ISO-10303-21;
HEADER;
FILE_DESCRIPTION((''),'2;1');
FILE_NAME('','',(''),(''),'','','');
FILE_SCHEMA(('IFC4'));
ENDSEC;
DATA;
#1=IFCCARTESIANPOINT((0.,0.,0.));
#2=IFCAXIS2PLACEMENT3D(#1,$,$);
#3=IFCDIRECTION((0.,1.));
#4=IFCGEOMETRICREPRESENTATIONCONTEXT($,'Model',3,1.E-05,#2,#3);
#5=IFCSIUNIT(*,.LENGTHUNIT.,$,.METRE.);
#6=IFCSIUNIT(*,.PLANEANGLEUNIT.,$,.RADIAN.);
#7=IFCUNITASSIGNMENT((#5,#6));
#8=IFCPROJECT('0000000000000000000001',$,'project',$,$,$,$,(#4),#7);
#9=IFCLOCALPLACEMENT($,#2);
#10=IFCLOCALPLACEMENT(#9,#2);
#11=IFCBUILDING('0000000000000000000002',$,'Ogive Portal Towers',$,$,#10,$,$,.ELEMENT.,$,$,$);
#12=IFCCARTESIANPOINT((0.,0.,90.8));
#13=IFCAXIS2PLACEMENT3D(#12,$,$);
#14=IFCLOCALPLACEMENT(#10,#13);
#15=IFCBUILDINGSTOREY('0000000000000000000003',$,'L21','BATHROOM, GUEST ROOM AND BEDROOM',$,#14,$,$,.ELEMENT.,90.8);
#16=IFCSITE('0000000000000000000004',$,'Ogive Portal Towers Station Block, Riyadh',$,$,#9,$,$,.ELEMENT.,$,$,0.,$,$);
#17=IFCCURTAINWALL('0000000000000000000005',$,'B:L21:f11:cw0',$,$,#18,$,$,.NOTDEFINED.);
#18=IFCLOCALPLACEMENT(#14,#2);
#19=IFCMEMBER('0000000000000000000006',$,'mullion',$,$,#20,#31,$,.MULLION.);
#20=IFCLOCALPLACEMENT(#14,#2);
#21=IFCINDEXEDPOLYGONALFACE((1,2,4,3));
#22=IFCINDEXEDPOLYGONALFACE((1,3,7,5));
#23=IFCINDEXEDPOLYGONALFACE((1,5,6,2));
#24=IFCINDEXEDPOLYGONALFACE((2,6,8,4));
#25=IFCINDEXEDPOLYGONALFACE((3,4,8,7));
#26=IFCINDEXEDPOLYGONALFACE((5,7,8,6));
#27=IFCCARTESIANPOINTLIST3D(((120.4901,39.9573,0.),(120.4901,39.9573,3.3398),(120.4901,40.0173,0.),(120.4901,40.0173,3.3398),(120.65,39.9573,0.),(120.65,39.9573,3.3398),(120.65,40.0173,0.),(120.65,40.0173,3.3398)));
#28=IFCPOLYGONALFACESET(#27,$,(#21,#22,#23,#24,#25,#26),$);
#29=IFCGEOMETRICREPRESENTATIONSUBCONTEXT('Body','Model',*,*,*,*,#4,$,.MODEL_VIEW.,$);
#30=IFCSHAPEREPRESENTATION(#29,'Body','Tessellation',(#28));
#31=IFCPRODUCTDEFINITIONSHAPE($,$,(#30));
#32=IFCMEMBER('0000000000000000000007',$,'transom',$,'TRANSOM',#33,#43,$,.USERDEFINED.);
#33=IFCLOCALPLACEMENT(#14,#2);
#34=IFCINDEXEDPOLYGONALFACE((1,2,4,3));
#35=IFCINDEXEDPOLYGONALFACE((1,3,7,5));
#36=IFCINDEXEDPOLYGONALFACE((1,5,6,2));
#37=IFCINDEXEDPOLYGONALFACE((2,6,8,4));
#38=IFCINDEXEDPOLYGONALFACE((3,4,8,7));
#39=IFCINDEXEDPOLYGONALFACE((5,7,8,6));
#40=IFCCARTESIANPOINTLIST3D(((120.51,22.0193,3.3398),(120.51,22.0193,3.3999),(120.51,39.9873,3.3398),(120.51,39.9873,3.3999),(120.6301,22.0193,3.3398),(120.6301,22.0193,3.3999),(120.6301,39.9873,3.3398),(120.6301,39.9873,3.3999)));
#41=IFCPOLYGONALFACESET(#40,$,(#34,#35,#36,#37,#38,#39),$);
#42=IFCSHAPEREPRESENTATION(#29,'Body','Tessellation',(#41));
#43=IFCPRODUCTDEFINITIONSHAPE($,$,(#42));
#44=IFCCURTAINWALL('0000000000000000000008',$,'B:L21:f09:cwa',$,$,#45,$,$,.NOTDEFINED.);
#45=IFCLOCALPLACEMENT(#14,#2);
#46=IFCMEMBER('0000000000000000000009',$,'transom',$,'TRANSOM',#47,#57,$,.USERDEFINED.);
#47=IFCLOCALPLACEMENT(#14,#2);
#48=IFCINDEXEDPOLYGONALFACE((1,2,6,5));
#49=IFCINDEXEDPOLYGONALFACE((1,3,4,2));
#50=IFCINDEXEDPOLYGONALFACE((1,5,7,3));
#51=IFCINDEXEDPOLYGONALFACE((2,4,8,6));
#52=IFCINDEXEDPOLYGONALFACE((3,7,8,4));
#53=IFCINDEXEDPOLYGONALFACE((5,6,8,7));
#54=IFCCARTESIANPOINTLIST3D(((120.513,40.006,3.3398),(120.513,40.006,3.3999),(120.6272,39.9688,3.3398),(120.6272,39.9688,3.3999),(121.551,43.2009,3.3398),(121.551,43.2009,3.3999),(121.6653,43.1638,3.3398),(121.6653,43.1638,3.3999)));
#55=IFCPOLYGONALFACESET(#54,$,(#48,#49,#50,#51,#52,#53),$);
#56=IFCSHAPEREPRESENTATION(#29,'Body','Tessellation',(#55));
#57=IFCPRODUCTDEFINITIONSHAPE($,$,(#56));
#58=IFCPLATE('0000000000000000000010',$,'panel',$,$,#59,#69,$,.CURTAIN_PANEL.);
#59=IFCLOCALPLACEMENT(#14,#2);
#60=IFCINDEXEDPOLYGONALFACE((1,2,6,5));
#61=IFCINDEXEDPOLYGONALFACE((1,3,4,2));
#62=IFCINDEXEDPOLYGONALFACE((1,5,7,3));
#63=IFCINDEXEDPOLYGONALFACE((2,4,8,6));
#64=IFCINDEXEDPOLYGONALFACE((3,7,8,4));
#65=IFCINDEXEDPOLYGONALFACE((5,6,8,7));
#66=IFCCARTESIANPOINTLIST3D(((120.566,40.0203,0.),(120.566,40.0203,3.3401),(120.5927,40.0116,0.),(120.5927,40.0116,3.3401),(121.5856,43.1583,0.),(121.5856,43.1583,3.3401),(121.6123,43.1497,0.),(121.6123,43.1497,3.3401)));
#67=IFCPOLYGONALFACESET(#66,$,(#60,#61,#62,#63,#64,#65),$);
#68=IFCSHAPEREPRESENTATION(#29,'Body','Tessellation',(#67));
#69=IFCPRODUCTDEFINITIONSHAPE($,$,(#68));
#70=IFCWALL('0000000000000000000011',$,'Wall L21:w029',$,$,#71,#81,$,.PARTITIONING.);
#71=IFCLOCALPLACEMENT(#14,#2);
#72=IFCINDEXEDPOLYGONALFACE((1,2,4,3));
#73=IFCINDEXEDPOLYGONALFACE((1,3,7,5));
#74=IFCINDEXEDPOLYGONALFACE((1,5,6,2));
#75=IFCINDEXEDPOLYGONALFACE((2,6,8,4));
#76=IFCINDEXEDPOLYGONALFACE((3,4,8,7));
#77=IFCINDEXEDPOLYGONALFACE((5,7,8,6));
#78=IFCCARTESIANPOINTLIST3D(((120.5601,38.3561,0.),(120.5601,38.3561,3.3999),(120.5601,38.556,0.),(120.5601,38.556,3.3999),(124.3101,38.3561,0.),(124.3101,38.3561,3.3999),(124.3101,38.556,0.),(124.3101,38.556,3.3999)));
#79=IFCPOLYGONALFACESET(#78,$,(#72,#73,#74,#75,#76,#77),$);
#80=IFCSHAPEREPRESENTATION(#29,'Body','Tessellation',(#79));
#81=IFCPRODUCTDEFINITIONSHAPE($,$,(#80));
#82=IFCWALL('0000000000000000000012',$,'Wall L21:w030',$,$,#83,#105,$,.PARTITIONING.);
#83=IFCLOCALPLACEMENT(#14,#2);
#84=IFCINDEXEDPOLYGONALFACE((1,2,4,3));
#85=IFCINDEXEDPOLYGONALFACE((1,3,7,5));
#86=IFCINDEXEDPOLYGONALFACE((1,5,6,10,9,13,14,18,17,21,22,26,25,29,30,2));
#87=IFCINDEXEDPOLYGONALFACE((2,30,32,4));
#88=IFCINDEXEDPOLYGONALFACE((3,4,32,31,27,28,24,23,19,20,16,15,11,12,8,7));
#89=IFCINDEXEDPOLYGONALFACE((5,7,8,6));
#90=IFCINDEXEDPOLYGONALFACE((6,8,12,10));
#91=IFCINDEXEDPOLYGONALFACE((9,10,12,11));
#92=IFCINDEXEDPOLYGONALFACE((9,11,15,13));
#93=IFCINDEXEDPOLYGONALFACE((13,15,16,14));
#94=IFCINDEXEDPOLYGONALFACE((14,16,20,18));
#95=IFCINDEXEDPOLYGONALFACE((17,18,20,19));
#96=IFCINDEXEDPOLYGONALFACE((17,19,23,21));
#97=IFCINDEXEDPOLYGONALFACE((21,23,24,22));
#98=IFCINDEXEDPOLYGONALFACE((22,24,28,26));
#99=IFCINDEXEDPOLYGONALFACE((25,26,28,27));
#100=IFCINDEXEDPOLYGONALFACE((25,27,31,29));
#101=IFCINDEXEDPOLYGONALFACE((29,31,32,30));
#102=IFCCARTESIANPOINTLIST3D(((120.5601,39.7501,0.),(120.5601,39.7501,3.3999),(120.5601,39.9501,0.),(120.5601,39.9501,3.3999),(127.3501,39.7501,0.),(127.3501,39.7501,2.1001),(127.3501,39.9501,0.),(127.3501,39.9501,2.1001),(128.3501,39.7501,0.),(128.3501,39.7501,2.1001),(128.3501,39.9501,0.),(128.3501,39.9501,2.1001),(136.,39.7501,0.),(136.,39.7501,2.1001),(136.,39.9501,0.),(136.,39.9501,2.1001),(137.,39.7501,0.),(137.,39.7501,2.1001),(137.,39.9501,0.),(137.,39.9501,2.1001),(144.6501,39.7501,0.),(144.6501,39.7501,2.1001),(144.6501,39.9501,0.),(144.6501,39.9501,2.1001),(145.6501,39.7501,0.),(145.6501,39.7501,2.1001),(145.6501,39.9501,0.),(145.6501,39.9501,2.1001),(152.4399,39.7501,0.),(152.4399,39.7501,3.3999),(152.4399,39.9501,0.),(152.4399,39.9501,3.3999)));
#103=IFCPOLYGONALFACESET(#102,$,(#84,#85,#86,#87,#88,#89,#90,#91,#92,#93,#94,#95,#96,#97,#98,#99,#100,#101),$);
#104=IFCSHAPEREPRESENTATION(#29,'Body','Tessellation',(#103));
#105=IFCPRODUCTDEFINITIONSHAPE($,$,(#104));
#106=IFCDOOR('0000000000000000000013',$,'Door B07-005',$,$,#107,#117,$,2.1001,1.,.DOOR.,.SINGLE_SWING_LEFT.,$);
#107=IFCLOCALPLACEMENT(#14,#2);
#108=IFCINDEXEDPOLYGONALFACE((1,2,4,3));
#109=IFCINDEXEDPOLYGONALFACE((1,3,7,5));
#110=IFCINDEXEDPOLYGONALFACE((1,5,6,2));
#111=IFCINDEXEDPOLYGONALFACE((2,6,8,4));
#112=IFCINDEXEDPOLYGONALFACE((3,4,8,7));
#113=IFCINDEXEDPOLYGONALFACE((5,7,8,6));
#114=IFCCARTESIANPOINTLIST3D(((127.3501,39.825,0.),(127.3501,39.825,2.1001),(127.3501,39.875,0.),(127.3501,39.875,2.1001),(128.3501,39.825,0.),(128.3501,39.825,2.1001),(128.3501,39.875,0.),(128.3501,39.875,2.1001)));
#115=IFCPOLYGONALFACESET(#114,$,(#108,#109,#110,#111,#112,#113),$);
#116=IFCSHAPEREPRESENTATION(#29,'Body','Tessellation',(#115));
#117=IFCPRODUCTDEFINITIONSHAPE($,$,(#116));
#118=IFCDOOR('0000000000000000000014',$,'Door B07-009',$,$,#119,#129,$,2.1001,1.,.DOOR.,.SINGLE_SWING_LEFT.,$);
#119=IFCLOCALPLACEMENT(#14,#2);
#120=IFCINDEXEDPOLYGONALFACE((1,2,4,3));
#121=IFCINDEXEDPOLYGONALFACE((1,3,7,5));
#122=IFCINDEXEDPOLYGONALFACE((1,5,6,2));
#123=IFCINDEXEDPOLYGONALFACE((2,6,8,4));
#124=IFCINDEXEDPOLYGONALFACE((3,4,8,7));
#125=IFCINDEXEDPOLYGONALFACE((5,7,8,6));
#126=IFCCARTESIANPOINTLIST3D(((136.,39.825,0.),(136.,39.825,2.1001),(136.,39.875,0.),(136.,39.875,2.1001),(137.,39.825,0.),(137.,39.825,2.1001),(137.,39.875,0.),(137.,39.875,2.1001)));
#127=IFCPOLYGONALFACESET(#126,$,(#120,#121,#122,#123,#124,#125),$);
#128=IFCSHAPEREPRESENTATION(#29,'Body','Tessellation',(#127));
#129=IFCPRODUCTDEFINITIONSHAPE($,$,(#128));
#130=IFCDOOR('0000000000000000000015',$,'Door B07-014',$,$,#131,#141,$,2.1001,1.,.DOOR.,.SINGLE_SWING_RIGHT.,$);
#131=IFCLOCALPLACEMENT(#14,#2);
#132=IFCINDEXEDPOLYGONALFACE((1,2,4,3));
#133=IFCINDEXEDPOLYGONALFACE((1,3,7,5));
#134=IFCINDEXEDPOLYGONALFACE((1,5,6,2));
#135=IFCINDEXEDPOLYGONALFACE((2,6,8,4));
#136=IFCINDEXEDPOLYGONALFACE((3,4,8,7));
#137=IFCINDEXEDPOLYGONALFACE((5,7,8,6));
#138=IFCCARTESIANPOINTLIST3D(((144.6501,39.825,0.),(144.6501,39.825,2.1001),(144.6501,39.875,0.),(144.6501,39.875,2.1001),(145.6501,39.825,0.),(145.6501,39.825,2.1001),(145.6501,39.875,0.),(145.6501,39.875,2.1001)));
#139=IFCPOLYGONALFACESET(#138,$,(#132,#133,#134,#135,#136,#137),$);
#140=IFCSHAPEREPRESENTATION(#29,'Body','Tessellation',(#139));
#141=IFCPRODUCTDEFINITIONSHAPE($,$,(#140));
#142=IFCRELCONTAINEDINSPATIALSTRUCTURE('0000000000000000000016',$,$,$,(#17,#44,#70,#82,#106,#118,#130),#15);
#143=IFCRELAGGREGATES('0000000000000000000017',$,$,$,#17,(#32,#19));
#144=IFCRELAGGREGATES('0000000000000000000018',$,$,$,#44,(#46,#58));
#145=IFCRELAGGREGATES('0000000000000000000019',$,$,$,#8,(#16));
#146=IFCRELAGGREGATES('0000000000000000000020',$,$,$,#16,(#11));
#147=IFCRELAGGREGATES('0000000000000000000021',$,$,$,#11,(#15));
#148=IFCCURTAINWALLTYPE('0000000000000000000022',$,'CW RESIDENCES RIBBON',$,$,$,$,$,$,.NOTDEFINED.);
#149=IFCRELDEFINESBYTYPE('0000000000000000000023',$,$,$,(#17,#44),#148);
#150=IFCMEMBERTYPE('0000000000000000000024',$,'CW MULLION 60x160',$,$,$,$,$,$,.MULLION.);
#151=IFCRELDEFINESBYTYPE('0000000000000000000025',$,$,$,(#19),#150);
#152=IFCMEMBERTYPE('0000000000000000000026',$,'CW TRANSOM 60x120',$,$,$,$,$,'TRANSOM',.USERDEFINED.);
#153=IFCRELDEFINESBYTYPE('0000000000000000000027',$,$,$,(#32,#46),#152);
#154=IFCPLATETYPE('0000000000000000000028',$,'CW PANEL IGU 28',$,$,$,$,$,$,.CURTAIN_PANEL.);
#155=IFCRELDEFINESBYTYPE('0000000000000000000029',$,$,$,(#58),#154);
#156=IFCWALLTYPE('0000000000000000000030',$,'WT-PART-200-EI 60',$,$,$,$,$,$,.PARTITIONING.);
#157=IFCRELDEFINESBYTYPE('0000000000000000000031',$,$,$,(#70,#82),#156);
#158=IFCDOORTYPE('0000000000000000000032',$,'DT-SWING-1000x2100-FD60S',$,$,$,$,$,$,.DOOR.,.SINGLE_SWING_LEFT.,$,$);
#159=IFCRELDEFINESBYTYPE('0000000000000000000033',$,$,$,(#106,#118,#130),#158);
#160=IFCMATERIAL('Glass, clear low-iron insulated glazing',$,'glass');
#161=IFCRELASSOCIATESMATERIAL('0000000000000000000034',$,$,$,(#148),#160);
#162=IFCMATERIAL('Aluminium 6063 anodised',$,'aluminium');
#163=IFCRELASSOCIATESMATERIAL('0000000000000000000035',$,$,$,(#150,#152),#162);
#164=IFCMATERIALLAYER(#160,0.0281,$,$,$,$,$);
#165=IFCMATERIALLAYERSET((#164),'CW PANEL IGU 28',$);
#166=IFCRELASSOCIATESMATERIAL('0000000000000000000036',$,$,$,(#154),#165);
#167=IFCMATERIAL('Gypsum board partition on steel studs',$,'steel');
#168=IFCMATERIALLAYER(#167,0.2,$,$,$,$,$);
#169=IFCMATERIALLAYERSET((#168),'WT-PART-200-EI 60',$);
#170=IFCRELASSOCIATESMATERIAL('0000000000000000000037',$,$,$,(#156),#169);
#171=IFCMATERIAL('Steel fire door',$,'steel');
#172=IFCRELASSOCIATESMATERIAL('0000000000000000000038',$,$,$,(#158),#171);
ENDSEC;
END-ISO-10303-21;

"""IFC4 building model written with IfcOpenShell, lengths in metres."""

from ifc_helpers import new_model, si_unit, direction, frame, frame_2d, origin, origin_2d, place, context, subcontext, project, spatial, rectangle, extrude, material, layer, layer_set, material_profile, profile_set, type_object, element, fill, aggregate, save


model = new_model("IFC4")

# Units and contexts
model_context = context("Model", 3, precision=1e-05, world=origin(), true_north=direction((0.0, 1.0)))
body_context = subcontext(model_context, "Body", "Model", "MODEL_VIEW")
ifc_project = project(units=[si_unit("LENGTHUNIT", "METRE"), si_unit("PLANEANGLEUNIT", "RADIAN")], contexts=[model_context])

# Site, building, storey
site_placement = place(None, origin())
site = spatial("IfcSite", under=ifc_project, at=site_placement, Name="Ogive Portal Towers Station Block, Riyadh", CompositionType="ELEMENT", RefElevation=0.0)
building_placement = place(site_placement, origin())
building = spatial("IfcBuilding", under=site, at=building_placement, Name="Ogive Portal Towers", CompositionType="ELEMENT")
storey_placement = place(building_placement, frame((0.0, 0.0, 90.8)))
storey = spatial("IfcBuildingStorey", under=building, at=storey_placement, Name="L21", Description="BATHROOM, GUEST ROOM AND BEDROOM", CompositionType="ELEMENT", Elevation=90.8)

# Curtain wall, members
ifc_material_1 = material(Name="Glass, clear low-iron insulated glazing", Category="glass")
curtain_wall_type = type_object("IfcCurtainWallType", Name="CW RESIDENCES RIBBON", PredefinedType="NOTDEFINED", material=ifc_material_1)
curtain_wall_1_placement = place(storey_placement, origin())
curtain_wall_1 = element("IfcCurtainWall", 1, at=curtain_wall_1_placement, inside=storey, type_object=curtain_wall_type, Name="B:L21:f11:cw0", PredefinedType="NOTDEFINED")
ifc_material_2 = material(Name="Aluminium 6063 anodised", Category="aluminium")
ifc_material_profile_1 = material_profile(ifc_material_2, rectangle(XDim=0.1599, YDim=0.0601, at=origin_2d()), Name="AL 60x160")
ifc_profile_set_1 = profile_set([ifc_material_profile_1], Name="Aluminium 6063 anodised")
member_type_1 = type_object("IfcMemberType", Name="CW MULLION 60x160", PredefinedType="MULLION", material=ifc_profile_set_1)
member_1_placement = place(storey_placement, frame((120.5701, 39.9873, 0.0), z_axis=(0.0, 0.0, 1.0), x_axis=(1.0, 0.0, 0.0)))
member_1 = element("IfcMember", 2, at=member_1_placement, type_object=member_type_1, Name="mullion", PredefinedType="MULLION", context=body_context, shape_type="SweptSolid", body=[
    extrude(rectangle(XDim=0.1599, YDim=0.0601, at=origin_2d()), origin(), (0.0, 0.0, 1.0), 3.3398),
])
ifc_material_profile_2 = material_profile(ifc_material_2, rectangle(XDim=0.1201, YDim=0.0601, at=origin_2d()), Name="AL 120x60")
ifc_profile_set_2 = profile_set([ifc_material_profile_2], Name="Aluminium 6063 anodised")
member_type_2 = type_object("IfcMemberType", Name="CW TRANSOM 60x120", ElementType="TRANSOM", PredefinedType="USERDEFINED", material=ifc_profile_set_2)
member_2_placement = place(storey_placement, frame((120.5701, 39.9873, 3.3699), z_axis=(0.0, -1.0, 0.0), x_axis=(1.0, 0.0, 0.0)))
member_2 = element("IfcMember", 3, at=member_2_placement, type_object=member_type_2, Name="transom", ObjectType="TRANSOM", PredefinedType="USERDEFINED", context=body_context, shape_type="SweptSolid", body=[
    extrude(rectangle(XDim=0.1201, YDim=0.0601, at=origin_2d()), origin(), (0.0, 0.0, 1.0), 17.968),
])
aggregate(curtain_wall_1, [member_2, member_1])

# Curtain wall, member, plate
curtain_wall_2_placement = place(storey_placement, origin())
curtain_wall_2 = element("IfcCurtainWall", 4, at=curtain_wall_2_placement, inside=storey, type_object=curtain_wall_type, Name="B:L21:f09:cwa", PredefinedType="NOTDEFINED")
member_3_placement = place(storey_placement, frame((121.6082, 43.1824, 3.3699), z_axis=(-0.309002, -0.951061, 0.0), x_axis=(0.951061, -0.309002, 0.0)))
member_3 = element("IfcMember", 5, at=member_3_placement, type_object=member_type_2, Name="transom", ObjectType="TRANSOM", PredefinedType="USERDEFINED", context=body_context, shape_type="SweptSolid", body=[
    extrude(rectangle(XDim=0.1201, YDim=0.0601, at=origin_2d()), origin(), (0.0, 0.0, 1.0), 3.3594),
])
ifc_layer_1 = layer(ifc_material_1, 0.0281)
ifc_layer_set_1 = layer_set([ifc_layer_1], Name="CW PANEL IGU 28")
plate_type = type_object("IfcPlateType", Name="CW PANEL IGU 28", PredefinedType="CURTAIN_PANEL", material=ifc_layer_set_1)
plate_placement = place(storey_placement, frame((121.0891, 41.585, 0.0), z_axis=(0.0, 0.0, 1.0), x_axis=(-0.309017, -0.951057, 0.0)))
plate = element("IfcPlate", 6, at=plate_placement, type_object=plate_type, Name="panel", PredefinedType="CURTAIN_PANEL", context=body_context, shape_type="SweptSolid", body=[
    extrude(rectangle(XDim=3.2996, YDim=0.0281, at=origin_2d()), origin(), (0.0, 0.0, 1.0), 3.3401),
])
aggregate(curtain_wall_2, [member_3, plate])

# Wall
ifc_material_3 = material(Name="Gypsum board partition on steel studs", Category="steel")
ifc_layer_2 = layer(ifc_material_3, 0.2)
ifc_layer_set_2 = layer_set([ifc_layer_2], Name="WT-PART-200-EI 60")
wall_type = type_object("IfcWallType", Name="WT-PART-200-EI 60", PredefinedType="PARTITIONING", material=ifc_layer_set_2)
wall_1_placement = place(storey_placement, frame((120.5601, 38.4561, 0.0), z_axis=(0.0, 0.0, 1.0), x_axis=(1.0, 0.0, 0.0)))
element("IfcWall", 7, at=wall_1_placement, inside=storey, type_object=wall_type, Name="Wall L21:w029", PredefinedType="PARTITIONING", context=body_context, shape_type="SweptSolid", body=[
    extrude(rectangle(XDim=3.75, YDim=0.2, at=frame_2d((1.875, 0.0))), origin(), (0.0, 0.0, 1.0), 3.3999),
])

# Wall, openings, doors
wall_2_placement = place(storey_placement, frame((120.5601, 39.8501, 0.0), z_axis=(0.0, 0.0, 1.0), x_axis=(1.0, 0.0, 0.0)))
wall_2 = element("IfcWall", 8, at=wall_2_placement, inside=storey, type_object=wall_type, Name="Wall L21:w030", PredefinedType="PARTITIONING", context=body_context, shape_type="SweptSolid", body=[
    extrude(rectangle(XDim=31.8799, YDim=0.2, at=frame_2d((15.9399, 0.0))), origin(), (0.0, 0.0, 1.0), 3.3999),
])
opening_1_placement = place(wall_2_placement, frame((6.79, 0.0, 0.0)))
opening_1 = element("IfcOpeningElement", 9, at=opening_1_placement, cuts=wall_2, PredefinedType="OPENING", context=body_context, shape_type="SweptSolid", body=[
    extrude(rectangle(XDim=1.0, YDim=2.1001, at=frame_2d((0.5, 1.05))), frame((0.0, 0.1099, 0.0), z_axis=(0.0, -1.0, 0.0), x_axis=(1.0, 0.0, 0.0)), (0.0, 0.0, 1.0), 0.22),
])
opening_2_placement = place(wall_2_placement, frame((15.4399, 0.0, 0.0)))
opening_2 = element("IfcOpeningElement", 10, at=opening_2_placement, cuts=wall_2, PredefinedType="OPENING", context=body_context, shape_type="SweptSolid", body=[
    extrude(rectangle(XDim=1.0, YDim=2.1001, at=frame_2d((0.5, 1.05))), frame((0.0, 0.1099, 0.0), z_axis=(0.0, -1.0, 0.0), x_axis=(1.0, 0.0, 0.0)), (0.0, 0.0, 1.0), 0.22),
])
opening_3_placement = place(wall_2_placement, frame((24.0901, 0.0, 0.0)))
opening_3 = element("IfcOpeningElement", 11, at=opening_3_placement, cuts=wall_2, PredefinedType="OPENING", context=body_context, shape_type="SweptSolid", body=[
    extrude(rectangle(XDim=1.0, YDim=2.1001, at=frame_2d((0.5, 1.05))), frame((0.0, 0.1099, 0.0), z_axis=(0.0, -1.0, 0.0), x_axis=(1.0, 0.0, 0.0)), (0.0, 0.0, 1.0), 0.22),
])
ifc_material_4 = material(Name="Steel fire door", Category="steel")
door_type_1 = type_object("IfcDoorType", Name="DT-SWING-1000x2100-FD60S", OperationType="SINGLE_SWING_LEFT", PredefinedType="DOOR", material=ifc_material_4)
door_1_placement = place(opening_1_placement, origin())
door_1 = element("IfcDoor", 12, at=door_1_placement, inside=storey, type_object=door_type_1, Name="Door B07-005", OperationType="SINGLE_SWING_LEFT", OverallHeight=2.1001, OverallWidth=1.0, PredefinedType="DOOR", context=body_context, shape_type="SweptSolid", body=[
    extrude(rectangle(XDim=1.0, YDim=2.1001, at=frame_2d((0.5, 1.05))), frame((0.0, 0.0249, 0.0), z_axis=(0.0, -1.0, 0.0), x_axis=(1.0, 0.0, 0.0)), (0.0, 0.0, 1.0), 0.05),
])
fill(opening_1, door_1)
door_2_placement = place(opening_2_placement, origin())
door_2 = element("IfcDoor", 13, at=door_2_placement, inside=storey, type_object=door_type_1, Name="Door B07-009", OperationType="SINGLE_SWING_LEFT", OverallHeight=2.1001, OverallWidth=1.0, PredefinedType="DOOR", context=body_context, shape_type="SweptSolid", body=[
    extrude(rectangle(XDim=1.0, YDim=2.1001, at=frame_2d((0.5, 1.05))), frame((0.0, 0.0249, 0.0), z_axis=(0.0, -1.0, 0.0), x_axis=(1.0, 0.0, 0.0)), (0.0, 0.0, 1.0), 0.05),
])
fill(opening_2, door_2)
door_3_placement = place(opening_3_placement, origin())
door_3 = element("IfcDoor", 14, at=door_3_placement, inside=storey, type_object=door_type_1, Name="Door B07-014", OperationType="SINGLE_SWING_RIGHT", OverallHeight=2.1001, OverallWidth=1.0, PredefinedType="DOOR", context=body_context, shape_type="SweptSolid", body=[
    extrude(rectangle(XDim=1.0, YDim=2.1001, at=frame_2d((0.5, 1.05))), frame((0.0, 0.0249, 0.0), z_axis=(0.0, -1.0, 0.0), x_axis=(1.0, 0.0, 0.0)), (0.0, 0.0, 1.0), 0.05),
])
fill(opening_3, door_3)

save(model, "model.ifc")
